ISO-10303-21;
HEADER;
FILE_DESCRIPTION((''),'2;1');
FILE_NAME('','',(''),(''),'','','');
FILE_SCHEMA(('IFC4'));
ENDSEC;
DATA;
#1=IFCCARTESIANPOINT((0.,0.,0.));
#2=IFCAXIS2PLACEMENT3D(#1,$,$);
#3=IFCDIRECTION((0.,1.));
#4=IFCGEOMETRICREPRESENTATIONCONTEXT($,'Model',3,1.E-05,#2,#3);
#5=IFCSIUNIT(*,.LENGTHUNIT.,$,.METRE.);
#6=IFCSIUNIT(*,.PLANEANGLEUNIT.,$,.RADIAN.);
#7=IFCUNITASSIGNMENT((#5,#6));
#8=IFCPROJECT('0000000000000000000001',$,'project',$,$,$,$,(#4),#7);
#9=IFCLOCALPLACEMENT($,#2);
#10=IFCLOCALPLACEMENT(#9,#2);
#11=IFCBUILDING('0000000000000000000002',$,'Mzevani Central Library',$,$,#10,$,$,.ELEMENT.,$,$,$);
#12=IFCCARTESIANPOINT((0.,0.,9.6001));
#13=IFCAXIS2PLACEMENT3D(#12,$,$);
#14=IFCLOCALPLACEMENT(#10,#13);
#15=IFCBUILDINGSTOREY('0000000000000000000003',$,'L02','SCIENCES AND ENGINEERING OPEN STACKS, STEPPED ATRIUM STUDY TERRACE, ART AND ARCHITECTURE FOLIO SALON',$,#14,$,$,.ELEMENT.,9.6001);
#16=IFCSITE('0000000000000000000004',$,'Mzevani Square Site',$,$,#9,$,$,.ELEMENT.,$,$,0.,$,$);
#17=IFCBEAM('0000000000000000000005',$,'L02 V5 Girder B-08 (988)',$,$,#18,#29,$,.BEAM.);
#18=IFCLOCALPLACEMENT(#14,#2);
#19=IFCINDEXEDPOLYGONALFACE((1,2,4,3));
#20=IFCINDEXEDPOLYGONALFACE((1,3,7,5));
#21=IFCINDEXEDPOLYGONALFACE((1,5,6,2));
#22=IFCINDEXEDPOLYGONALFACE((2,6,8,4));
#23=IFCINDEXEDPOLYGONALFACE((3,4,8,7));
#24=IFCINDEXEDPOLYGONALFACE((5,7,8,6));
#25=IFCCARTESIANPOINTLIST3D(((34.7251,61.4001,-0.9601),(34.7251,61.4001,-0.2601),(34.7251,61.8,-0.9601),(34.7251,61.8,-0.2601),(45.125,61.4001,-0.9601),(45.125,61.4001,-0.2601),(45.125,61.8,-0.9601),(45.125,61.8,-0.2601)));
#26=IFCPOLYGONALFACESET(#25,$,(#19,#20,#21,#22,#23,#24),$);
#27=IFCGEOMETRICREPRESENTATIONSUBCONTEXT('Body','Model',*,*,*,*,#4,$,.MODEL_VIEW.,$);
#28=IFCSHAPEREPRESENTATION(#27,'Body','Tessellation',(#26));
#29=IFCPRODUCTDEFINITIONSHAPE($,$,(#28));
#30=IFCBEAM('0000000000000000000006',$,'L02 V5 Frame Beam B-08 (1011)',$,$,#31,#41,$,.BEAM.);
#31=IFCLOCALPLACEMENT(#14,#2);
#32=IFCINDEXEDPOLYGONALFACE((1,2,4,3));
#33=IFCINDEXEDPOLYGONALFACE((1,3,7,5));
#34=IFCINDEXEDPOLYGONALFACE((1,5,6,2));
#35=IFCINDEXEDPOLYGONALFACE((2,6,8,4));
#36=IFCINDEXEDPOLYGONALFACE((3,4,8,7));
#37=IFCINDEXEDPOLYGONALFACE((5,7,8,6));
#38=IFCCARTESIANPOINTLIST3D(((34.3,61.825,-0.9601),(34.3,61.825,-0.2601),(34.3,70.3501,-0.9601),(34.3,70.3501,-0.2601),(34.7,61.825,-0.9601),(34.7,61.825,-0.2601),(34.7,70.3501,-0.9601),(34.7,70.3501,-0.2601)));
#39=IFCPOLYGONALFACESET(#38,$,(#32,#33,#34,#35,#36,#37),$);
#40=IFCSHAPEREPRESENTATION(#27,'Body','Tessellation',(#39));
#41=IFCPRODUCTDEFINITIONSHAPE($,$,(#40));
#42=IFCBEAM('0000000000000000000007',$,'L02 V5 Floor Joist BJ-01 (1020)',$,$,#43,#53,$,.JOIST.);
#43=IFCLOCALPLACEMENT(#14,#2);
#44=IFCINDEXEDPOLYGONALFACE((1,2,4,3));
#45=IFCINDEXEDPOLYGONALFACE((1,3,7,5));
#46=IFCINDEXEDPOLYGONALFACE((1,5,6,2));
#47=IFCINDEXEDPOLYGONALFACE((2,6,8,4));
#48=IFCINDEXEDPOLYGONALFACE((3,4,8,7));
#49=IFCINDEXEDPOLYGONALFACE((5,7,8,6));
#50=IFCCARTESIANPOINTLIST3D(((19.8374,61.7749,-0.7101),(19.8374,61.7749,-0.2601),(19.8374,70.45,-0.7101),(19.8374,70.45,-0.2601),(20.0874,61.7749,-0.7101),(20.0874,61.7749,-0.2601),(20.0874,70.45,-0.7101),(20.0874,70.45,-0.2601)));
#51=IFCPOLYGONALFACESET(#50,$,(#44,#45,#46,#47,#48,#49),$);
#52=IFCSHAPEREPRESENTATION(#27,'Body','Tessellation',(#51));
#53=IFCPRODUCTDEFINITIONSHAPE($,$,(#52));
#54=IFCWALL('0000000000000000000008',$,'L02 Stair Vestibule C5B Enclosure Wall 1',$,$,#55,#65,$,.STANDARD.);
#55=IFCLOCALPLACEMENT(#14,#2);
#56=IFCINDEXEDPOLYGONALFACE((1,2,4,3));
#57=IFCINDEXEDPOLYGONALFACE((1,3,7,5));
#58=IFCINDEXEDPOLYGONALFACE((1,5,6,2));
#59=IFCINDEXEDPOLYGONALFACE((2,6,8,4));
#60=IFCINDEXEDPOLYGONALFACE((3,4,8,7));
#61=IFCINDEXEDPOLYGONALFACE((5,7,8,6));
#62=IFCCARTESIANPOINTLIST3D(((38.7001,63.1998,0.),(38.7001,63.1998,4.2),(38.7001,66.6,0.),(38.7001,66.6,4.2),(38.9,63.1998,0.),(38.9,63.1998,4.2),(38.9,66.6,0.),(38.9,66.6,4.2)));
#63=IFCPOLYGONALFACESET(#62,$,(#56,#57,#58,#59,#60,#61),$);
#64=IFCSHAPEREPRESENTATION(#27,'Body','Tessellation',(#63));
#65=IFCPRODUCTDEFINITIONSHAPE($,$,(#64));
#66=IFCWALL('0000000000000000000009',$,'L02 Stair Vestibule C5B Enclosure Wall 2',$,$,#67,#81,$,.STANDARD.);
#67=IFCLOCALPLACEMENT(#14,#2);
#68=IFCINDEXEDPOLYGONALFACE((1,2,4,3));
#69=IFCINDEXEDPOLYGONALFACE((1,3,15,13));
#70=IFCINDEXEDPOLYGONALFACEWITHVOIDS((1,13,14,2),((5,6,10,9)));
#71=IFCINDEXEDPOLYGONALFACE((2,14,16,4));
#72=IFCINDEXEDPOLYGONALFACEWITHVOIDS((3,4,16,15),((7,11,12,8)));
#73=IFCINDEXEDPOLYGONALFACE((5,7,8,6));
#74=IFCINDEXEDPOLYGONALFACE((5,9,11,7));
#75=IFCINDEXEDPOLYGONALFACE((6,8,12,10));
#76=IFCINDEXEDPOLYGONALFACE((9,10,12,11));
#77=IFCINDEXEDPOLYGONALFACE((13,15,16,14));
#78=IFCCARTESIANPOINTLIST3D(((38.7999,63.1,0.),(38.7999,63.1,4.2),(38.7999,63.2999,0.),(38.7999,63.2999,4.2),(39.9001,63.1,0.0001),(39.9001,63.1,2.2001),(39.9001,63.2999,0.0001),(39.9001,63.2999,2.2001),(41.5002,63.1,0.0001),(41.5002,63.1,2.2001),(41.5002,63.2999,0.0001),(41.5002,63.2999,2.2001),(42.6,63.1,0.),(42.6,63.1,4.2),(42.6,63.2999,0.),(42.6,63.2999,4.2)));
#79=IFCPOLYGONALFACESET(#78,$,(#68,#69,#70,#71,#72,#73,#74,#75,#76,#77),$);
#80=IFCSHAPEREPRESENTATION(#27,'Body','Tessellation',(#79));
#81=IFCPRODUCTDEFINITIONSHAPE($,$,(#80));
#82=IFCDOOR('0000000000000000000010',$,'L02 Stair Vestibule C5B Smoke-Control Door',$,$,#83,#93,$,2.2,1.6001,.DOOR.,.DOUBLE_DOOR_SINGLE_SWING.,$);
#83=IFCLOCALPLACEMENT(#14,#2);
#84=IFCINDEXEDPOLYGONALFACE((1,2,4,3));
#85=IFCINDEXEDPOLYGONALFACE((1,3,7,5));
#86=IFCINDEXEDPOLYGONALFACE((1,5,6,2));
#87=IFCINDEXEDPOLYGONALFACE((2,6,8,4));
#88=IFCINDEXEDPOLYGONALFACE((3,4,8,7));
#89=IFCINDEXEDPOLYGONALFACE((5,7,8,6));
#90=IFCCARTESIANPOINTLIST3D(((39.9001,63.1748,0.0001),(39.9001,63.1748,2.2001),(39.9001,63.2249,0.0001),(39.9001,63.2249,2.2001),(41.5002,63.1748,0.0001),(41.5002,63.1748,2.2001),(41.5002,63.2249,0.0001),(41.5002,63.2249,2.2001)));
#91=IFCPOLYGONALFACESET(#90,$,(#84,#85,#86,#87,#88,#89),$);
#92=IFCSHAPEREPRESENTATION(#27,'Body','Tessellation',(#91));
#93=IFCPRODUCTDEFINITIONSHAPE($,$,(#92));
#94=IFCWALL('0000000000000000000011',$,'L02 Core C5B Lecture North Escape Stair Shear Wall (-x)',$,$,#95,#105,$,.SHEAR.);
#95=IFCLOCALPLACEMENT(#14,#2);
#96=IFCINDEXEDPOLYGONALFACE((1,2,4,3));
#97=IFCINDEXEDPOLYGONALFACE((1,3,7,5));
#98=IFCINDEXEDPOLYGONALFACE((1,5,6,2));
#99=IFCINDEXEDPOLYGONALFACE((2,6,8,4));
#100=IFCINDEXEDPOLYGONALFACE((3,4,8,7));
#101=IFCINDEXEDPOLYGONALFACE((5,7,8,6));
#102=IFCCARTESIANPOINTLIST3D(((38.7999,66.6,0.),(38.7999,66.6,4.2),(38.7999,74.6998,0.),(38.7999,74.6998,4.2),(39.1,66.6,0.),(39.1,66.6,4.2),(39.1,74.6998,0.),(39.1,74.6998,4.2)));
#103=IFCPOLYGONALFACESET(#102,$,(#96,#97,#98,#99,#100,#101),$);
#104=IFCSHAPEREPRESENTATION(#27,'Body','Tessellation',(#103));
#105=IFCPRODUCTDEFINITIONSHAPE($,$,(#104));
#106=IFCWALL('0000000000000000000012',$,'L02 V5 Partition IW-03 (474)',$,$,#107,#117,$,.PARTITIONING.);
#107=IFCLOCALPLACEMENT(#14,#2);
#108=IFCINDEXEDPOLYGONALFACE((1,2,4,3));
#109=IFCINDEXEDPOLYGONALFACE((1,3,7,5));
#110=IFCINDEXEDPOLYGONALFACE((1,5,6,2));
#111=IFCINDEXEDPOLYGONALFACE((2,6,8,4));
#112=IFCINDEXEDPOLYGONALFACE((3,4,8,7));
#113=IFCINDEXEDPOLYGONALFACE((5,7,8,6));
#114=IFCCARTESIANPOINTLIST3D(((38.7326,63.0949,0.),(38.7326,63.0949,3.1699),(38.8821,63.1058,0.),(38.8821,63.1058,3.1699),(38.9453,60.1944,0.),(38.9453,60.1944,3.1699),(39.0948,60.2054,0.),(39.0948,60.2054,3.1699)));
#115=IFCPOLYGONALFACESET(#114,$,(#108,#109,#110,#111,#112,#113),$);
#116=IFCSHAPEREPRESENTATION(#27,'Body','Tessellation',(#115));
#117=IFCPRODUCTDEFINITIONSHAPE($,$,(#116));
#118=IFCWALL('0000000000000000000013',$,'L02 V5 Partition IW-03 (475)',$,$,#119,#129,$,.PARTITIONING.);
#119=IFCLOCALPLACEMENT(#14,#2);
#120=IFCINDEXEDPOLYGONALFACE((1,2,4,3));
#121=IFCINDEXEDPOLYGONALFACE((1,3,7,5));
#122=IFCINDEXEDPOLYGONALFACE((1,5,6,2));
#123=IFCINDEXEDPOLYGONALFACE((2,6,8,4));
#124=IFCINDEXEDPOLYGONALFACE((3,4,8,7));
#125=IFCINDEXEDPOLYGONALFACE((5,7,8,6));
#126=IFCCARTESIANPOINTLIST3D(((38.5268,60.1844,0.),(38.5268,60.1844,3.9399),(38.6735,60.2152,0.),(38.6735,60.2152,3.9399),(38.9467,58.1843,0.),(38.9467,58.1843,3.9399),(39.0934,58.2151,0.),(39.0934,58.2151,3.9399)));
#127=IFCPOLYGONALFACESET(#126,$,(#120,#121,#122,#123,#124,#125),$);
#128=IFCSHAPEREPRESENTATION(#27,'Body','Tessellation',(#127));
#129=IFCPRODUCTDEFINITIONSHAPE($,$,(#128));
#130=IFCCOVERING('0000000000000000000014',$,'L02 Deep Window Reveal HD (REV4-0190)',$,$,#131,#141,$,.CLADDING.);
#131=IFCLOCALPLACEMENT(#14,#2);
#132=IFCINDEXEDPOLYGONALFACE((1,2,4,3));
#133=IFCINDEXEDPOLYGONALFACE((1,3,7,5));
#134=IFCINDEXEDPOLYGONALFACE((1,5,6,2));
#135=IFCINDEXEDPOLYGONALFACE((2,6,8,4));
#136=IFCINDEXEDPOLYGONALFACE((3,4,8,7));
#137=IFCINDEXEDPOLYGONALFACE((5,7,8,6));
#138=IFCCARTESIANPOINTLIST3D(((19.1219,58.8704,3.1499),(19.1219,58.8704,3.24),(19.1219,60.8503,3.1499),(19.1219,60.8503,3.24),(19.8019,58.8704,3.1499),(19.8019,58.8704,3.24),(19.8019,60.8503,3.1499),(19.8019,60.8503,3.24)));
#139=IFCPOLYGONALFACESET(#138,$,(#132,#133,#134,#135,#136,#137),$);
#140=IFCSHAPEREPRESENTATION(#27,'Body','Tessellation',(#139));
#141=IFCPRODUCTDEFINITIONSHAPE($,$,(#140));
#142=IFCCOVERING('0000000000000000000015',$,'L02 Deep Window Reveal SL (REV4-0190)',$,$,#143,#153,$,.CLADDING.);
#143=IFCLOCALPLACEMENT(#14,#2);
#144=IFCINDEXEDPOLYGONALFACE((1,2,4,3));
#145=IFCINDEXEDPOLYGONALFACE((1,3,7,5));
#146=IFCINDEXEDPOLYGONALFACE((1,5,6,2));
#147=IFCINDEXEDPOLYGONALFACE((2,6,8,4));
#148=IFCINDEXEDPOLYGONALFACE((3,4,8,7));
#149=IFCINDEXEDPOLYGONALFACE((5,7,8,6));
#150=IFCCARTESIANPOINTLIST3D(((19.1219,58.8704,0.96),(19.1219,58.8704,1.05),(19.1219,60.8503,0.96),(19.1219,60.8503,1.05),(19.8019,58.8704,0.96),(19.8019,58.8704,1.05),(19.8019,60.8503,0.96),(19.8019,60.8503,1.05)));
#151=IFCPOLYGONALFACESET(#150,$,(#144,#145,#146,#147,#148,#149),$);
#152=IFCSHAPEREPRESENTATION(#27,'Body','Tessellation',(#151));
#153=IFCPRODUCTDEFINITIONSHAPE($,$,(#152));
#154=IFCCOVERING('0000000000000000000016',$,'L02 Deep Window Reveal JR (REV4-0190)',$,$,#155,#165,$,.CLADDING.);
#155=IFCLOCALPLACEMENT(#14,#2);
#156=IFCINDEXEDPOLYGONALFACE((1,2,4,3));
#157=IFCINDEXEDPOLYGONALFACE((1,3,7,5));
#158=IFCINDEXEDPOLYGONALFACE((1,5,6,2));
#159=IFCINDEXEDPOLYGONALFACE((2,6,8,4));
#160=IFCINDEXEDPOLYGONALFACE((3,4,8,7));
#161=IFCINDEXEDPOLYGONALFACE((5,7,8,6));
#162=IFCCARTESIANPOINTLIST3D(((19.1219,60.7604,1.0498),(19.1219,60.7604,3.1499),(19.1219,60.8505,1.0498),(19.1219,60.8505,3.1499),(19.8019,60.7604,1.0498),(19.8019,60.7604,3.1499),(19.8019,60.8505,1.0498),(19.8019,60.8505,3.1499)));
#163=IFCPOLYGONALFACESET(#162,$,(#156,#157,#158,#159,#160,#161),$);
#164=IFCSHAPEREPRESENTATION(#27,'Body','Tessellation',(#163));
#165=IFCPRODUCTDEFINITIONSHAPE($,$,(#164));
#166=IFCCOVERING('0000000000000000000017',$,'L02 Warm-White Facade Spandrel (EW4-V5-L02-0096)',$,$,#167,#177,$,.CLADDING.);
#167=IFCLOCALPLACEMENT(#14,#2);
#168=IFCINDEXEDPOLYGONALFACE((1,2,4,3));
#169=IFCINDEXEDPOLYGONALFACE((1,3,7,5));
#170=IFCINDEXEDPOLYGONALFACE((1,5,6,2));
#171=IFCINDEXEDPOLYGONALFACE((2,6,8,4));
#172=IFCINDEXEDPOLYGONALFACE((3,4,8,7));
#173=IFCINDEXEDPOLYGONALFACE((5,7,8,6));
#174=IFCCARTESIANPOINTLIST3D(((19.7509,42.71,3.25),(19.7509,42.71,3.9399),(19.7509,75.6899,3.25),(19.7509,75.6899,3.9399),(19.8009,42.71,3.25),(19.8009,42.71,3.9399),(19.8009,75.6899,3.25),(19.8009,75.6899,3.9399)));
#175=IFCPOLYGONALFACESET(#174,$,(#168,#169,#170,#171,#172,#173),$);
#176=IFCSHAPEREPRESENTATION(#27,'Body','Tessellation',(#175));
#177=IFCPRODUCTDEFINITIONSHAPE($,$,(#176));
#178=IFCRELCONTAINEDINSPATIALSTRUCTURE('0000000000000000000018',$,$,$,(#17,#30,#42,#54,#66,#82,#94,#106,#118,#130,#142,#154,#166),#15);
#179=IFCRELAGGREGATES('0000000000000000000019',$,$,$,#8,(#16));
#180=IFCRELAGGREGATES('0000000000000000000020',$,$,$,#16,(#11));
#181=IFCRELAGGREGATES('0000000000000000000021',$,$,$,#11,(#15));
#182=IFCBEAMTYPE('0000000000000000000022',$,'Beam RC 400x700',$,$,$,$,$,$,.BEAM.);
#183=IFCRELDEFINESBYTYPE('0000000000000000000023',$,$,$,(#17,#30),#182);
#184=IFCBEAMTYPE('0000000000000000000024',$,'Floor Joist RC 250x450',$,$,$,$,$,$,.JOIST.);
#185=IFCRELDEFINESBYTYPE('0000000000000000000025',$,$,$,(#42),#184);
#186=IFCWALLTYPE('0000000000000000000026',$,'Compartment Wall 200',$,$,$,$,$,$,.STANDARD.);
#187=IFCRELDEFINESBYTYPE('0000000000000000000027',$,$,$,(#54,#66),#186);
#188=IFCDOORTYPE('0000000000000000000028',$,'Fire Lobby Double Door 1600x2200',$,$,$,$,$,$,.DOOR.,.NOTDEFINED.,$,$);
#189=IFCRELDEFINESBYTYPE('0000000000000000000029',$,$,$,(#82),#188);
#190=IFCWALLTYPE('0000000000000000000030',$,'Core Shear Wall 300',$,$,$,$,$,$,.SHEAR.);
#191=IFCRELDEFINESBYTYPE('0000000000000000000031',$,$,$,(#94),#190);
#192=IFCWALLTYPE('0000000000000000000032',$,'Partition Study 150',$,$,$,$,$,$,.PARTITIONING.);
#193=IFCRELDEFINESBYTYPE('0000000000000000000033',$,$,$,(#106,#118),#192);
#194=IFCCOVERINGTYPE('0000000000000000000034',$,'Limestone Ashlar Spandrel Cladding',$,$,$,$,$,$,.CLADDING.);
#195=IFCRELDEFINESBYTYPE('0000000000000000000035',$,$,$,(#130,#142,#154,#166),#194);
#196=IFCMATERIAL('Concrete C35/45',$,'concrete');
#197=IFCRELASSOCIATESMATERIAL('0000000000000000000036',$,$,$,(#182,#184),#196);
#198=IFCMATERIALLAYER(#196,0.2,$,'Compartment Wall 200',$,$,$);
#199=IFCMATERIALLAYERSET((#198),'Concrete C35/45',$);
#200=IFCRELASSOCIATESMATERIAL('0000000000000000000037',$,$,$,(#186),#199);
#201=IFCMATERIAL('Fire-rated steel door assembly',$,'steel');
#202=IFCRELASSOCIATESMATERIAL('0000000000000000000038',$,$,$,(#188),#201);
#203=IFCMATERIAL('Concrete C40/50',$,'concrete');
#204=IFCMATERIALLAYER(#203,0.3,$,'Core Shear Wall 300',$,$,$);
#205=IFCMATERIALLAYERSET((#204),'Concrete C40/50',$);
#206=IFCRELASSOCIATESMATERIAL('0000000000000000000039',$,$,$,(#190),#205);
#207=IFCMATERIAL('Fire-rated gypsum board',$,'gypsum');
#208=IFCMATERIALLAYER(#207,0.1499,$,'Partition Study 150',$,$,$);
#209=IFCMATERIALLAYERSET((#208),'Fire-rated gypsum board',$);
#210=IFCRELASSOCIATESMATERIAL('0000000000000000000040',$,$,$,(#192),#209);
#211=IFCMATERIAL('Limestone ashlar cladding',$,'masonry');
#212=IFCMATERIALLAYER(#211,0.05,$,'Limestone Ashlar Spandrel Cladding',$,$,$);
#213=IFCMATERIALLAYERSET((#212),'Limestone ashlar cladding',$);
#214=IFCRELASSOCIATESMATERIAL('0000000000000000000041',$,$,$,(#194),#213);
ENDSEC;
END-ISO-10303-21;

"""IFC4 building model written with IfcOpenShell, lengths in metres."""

from ifc_helpers import new_model, si_unit, direction, frame, frame_2d, origin, origin_2d, place, context, subcontext, project, spatial, rectangle, extrude, material, layer, layer_set, material_profile, profile_set, type_object, element, fill, save


model = new_model("IFC4")

# Units and contexts
model_context = context("Model", 3, precision=1e-05, world=origin(), true_north=direction((0.0, 1.0)))
body_context = subcontext(model_context, "Body", "Model", "MODEL_VIEW")
ifc_project = project(units=[si_unit("LENGTHUNIT", "METRE"), si_unit("PLANEANGLEUNIT", "RADIAN")], contexts=[model_context])

# Site, building, storey
site_placement = place(None, origin())
site = spatial("IfcSite", under=ifc_project, at=site_placement, Name="Mzevani Square Site", CompositionType="ELEMENT", RefElevation=0.0)
building_placement = place(site_placement, origin())
building = spatial("IfcBuilding", under=site, at=building_placement, Name="Mzevani Central Library", CompositionType="ELEMENT")
storey_placement = place(building_placement, frame((0.0, 0.0, 9.6001)))
storey = spatial("IfcBuildingStorey", under=building, at=storey_placement, Name="L02", Description="SCIENCES AND ENGINEERING OPEN STACKS, STEPPED ATRIUM STUDY TERRACE, ART AND ARCHITECTURE FOLIO SALON", CompositionType="ELEMENT", Elevation=9.6001)

# Shared definitions
ifc_material_1 = material(Name="Concrete C40/50", Category="concrete")

# Beams
ifc_material_2 = material(Name="Concrete C35/45", Category="concrete")
ifc_material_profile_1 = material_profile(ifc_material_2, rectangle(XDim=0.3999, YDim=0.7, at=origin_2d()), Name="RC B400x700")
ifc_profile_set_1 = profile_set([ifc_material_profile_1], Name="Concrete C35/45")
beam_type_1 = type_object("IfcBeamType", Name="Beam RC 400x700", PredefinedType="BEAM", material=ifc_profile_set_1)
beam_1_placement = place(storey_placement, frame((34.7251, 61.6001, -0.6101), z_axis=(1.0, 0.0, 0.0), x_axis=(0.0, 1.0, 0.0)))
element("IfcBeam", 1, at=beam_1_placement, inside=storey, type_object=beam_type_1, Name="L02 V5 Girder B-08 (988)", PredefinedType="BEAM", context=body_context, shape_type="SweptSolid", body=[
    extrude(rectangle(XDim=0.3999, YDim=0.7, at=origin_2d()), origin(), (0.0, 0.0, 1.0), 10.3999),
])
beam_2_placement = place(storey_placement, frame((34.5, 61.825, -0.6101), z_axis=(0.0, 1.0, 0.0), x_axis=(-1.0, 0.0, 0.0)))
element("IfcBeam", 2, at=beam_2_placement, inside=storey, type_object=beam_type_1, Name="L02 V5 Frame Beam B-08 (1011)", PredefinedType="BEAM", context=body_context, shape_type="SweptSolid", body=[
    extrude(rectangle(XDim=0.3999, YDim=0.7, at=origin_2d()), origin(), (0.0, 0.0, 1.0), 8.5251),
])
ifc_material_profile_2 = material_profile(ifc_material_2, rectangle(XDim=0.25, YDim=0.45, at=origin_2d()), Name="RC J250x450")
ifc_profile_set_2 = profile_set([ifc_material_profile_2], Name="Concrete C35/45")
beam_type_2 = type_object("IfcBeamType", Name="Floor Joist RC 250x450", PredefinedType="JOIST", material=ifc_profile_set_2)
beam_3_placement = place(storey_placement, frame((19.9624, 61.7749, -0.4851), z_axis=(0.0, 1.0, 0.0), x_axis=(-1.0, 0.0, 0.0)))
element("IfcBeam", 3, at=beam_3_placement, inside=storey, type_object=beam_type_2, Name="L02 V5 Floor Joist BJ-01 (1020)", PredefinedType="JOIST", context=body_context, shape_type="SweptSolid", body=[
    extrude(rectangle(XDim=0.25, YDim=0.45, at=origin_2d()), origin(), (0.0, 0.0, 1.0), 8.675),
])

# Wall
ifc_layer_1 = layer(ifc_material_2, 0.2, Name="Compartment Wall 200")
ifc_layer_set_1 = layer_set([ifc_layer_1], Name="Concrete C35/45")
wall_type_1 = type_object("IfcWallType", Name="Compartment Wall 200", PredefinedType="STANDARD", material=ifc_layer_set_1)
wall_1_placement = place(storey_placement, frame((38.8, 66.6001, 0.0), z_axis=(0.0, 0.0, 1.0), x_axis=(0.0, -1.0, 0.0)))
element("IfcWall", 4, at=wall_1_placement, inside=storey, type_object=wall_type_1, Name="L02 Stair Vestibule C5B Enclosure Wall 1", PredefinedType="STANDARD", context=body_context, shape_type="SweptSolid", body=[
    extrude(rectangle(XDim=3.4001, YDim=0.2, at=frame_2d((1.7002, 0.0))), origin(), (0.0, 0.0, 1.0), 4.2),
])

# Wall, opening, door
wall_2_placement = place(storey_placement, frame((38.8, 63.2, 0.0), z_axis=(0.0, 0.0, 1.0), x_axis=(1.0, 0.0, 0.0)))
wall_2 = element("IfcWall", 5, at=wall_2_placement, inside=storey, type_object=wall_type_1, Name="L02 Stair Vestibule C5B Enclosure Wall 2", PredefinedType="STANDARD", context=body_context, shape_type="SweptSolid", body=[
    extrude(rectangle(XDim=3.8, YDim=0.2, at=frame_2d((1.8999, 0.0))), origin(), (0.0, 0.0, 1.0), 4.2),
])
opening_placement = place(wall_2_placement, frame((1.1001, 0.0, 0.0)))
opening = element("IfcOpeningElement", 6, at=opening_placement, cuts=wall_2, PredefinedType="OPENING", context=body_context, shape_type="SweptSolid", body=[
    extrude(rectangle(XDim=1.6001, YDim=2.2, at=frame_2d((0.8, 1.1001))), frame((0.0, 0.1099, 0.0), z_axis=(0.0, -1.0, 0.0), x_axis=(1.0, 0.0, 0.0)), (0.0, 0.0, 1.0), 0.22),
])
ifc_material_3 = material(Name="Fire-rated steel door assembly", Category="steel")
door_type = type_object("IfcDoorType", Name="Fire Lobby Double Door 1600x2200", OperationType="NOTDEFINED", PredefinedType="DOOR", material=ifc_material_3)
door_placement = place(opening_placement, origin())
door = element("IfcDoor", 7, at=door_placement, inside=storey, type_object=door_type, Name="L02 Stair Vestibule C5B Smoke-Control Door", OperationType="DOUBLE_DOOR_SINGLE_SWING", OverallHeight=2.2, OverallWidth=1.6001, PredefinedType="DOOR", context=body_context, shape_type="SweptSolid", body=[
    extrude(rectangle(XDim=1.6001, YDim=2.2, at=frame_2d((0.8, 1.1001))), frame((0.0, 0.0249, 0.0), z_axis=(0.0, -1.0, 0.0), x_axis=(1.0, 0.0, 0.0)), (0.0, 0.0, 1.0), 0.05),
])
fill(opening, door)

# Walls
ifc_layer_2 = layer(ifc_material_1, 0.3, Name="Core Shear Wall 300")
ifc_layer_set_2 = layer_set([ifc_layer_2], Name="Concrete C40/50")
wall_type_2 = type_object("IfcWallType", Name="Core Shear Wall 300", PredefinedType="SHEAR", material=ifc_layer_set_2)
wall_3_placement = place(storey_placement, frame((38.95, 66.6001, 0.0), z_axis=(0.0, 0.0, 1.0), x_axis=(0.0, 1.0, 0.0)))
element("IfcWall", 8, at=wall_3_placement, inside=storey, type_object=wall_type_2, Name="L02 Core C5B Lecture North Escape Stair Shear Wall (-x)", PredefinedType="SHEAR", context=body_context, shape_type="SweptSolid", body=[
    extrude(rectangle(XDim=8.0999, YDim=0.3, at=frame_2d((4.0498, 0.0))), origin(), (0.0, 0.0, 1.0), 4.2),
])
ifc_material_4 = material(Name="Fire-rated gypsum board", Category="gypsum")
ifc_layer_3 = layer(ifc_material_4, 0.1499, Name="Partition Study 150")
ifc_layer_set_3 = layer_set([ifc_layer_3], Name="Fire-rated gypsum board")
wall_type_3 = type_object("IfcWallType", Name="Partition Study 150", PredefinedType="PARTITIONING", material=ifc_layer_set_3)
wall_4_placement = place(storey_placement, frame((38.8074, 63.1003, 0.0), z_axis=(0.0, 0.0, 1.0), x_axis=(0.07312, -0.997323, 0.0)))
element("IfcWall", 9, at=wall_4_placement, inside=storey, type_object=wall_type_3, Name="L02 V5 Partition IW-03 (474)", PredefinedType="PARTITIONING", context=body_context, shape_type="SweptSolid", body=[
    extrude(rectangle(XDim=2.9082, YDim=0.1499, at=frame_2d((1.4541, 0.0))), origin(), (0.0, 0.0, 1.0), 3.1699),
])
wall_5_placement = place(storey_placement, frame((38.6001, 60.2, 0.0), z_axis=(0.0, 0.0, 1.0), x_axis=(0.205481, -0.978661, 0.0)))
element("IfcWall", 10, at=wall_5_placement, inside=storey, type_object=wall_type_3, Name="L02 V5 Partition IW-03 (475)", PredefinedType="PARTITIONING", context=body_context, shape_type="SweptSolid", body=[
    extrude(rectangle(XDim=2.0437, YDim=0.1499, at=frame_2d((1.022, 0.0))), origin(), (0.0, 0.0, 1.0), 3.9399),
])

# Coverings
ifc_material_5 = material(Name="Limestone ashlar cladding", Category="masonry")
ifc_layer_4 = layer(ifc_material_5, 0.05, Name="Limestone Ashlar Spandrel Cladding")
ifc_layer_set_4 = layer_set([ifc_layer_4], Name="Limestone ashlar cladding")
covering_type = type_object("IfcCoveringType", Name="Limestone Ashlar Spandrel Cladding", PredefinedType="CLADDING", material=ifc_layer_set_4)
for number, where, z_axis, x_axis, name in (
    (11, (19.4619, 59.8604, 3.1499), (0.0, 0.0, 1.0), (0.0, 1.0, 0.0), "L02 Deep Window Reveal HD (REV4-0190)"),
    (12, (19.4619, 59.8604, 0.96), (0.0, 0.0, 1.0), (0.0, 1.0, 0.0), "L02 Deep Window Reveal SL (REV4-0190)"),
):
    element("IfcCovering", number, at=place(storey_placement, frame(where, z_axis=z_axis, x_axis=x_axis)), inside=storey, type_object=covering_type, Name=name, PredefinedType="CLADDING", context=body_context, shape_type="SweptSolid", body=[
        extrude(rectangle(XDim=1.98, YDim=0.6799, at=origin_2d()), origin(), (0.0, 0.0, 1.0), 0.0901),
    ])
covering_1_placement = place(storey_placement, frame((19.4619, 60.8054, 1.0498), z_axis=(0.0, 0.0, 1.0), x_axis=(0.0, 1.0, 0.0)))
element("IfcCovering", 13, at=covering_1_placement, inside=storey, type_object=covering_type, Name="L02 Deep Window Reveal JR (REV4-0190)", PredefinedType="CLADDING", context=body_context, shape_type="SweptSolid", body=[
    extrude(rectangle(XDim=0.0901, YDim=0.6799, at=origin_2d()), origin(), (0.0, 0.0, 1.0), 2.1001),
])
covering_2_placement = place(storey_placement, frame((19.7759, 59.2, 3.25), z_axis=(0.0, 0.0, 1.0), x_axis=(0.0, 1.0, 0.0)))
element("IfcCovering", 14, at=covering_2_placement, inside=storey, type_object=covering_type, Name="L02 Warm-White Facade Spandrel (EW4-V5-L02-0096)", PredefinedType="CLADDING", context=body_context, shape_type="SweptSolid", body=[
    extrude(rectangle(XDim=32.98, YDim=0.05, at=origin_2d()), origin(), (0.0, 0.0, 1.0), 0.6899),
])

save(model, "model.ifc")
